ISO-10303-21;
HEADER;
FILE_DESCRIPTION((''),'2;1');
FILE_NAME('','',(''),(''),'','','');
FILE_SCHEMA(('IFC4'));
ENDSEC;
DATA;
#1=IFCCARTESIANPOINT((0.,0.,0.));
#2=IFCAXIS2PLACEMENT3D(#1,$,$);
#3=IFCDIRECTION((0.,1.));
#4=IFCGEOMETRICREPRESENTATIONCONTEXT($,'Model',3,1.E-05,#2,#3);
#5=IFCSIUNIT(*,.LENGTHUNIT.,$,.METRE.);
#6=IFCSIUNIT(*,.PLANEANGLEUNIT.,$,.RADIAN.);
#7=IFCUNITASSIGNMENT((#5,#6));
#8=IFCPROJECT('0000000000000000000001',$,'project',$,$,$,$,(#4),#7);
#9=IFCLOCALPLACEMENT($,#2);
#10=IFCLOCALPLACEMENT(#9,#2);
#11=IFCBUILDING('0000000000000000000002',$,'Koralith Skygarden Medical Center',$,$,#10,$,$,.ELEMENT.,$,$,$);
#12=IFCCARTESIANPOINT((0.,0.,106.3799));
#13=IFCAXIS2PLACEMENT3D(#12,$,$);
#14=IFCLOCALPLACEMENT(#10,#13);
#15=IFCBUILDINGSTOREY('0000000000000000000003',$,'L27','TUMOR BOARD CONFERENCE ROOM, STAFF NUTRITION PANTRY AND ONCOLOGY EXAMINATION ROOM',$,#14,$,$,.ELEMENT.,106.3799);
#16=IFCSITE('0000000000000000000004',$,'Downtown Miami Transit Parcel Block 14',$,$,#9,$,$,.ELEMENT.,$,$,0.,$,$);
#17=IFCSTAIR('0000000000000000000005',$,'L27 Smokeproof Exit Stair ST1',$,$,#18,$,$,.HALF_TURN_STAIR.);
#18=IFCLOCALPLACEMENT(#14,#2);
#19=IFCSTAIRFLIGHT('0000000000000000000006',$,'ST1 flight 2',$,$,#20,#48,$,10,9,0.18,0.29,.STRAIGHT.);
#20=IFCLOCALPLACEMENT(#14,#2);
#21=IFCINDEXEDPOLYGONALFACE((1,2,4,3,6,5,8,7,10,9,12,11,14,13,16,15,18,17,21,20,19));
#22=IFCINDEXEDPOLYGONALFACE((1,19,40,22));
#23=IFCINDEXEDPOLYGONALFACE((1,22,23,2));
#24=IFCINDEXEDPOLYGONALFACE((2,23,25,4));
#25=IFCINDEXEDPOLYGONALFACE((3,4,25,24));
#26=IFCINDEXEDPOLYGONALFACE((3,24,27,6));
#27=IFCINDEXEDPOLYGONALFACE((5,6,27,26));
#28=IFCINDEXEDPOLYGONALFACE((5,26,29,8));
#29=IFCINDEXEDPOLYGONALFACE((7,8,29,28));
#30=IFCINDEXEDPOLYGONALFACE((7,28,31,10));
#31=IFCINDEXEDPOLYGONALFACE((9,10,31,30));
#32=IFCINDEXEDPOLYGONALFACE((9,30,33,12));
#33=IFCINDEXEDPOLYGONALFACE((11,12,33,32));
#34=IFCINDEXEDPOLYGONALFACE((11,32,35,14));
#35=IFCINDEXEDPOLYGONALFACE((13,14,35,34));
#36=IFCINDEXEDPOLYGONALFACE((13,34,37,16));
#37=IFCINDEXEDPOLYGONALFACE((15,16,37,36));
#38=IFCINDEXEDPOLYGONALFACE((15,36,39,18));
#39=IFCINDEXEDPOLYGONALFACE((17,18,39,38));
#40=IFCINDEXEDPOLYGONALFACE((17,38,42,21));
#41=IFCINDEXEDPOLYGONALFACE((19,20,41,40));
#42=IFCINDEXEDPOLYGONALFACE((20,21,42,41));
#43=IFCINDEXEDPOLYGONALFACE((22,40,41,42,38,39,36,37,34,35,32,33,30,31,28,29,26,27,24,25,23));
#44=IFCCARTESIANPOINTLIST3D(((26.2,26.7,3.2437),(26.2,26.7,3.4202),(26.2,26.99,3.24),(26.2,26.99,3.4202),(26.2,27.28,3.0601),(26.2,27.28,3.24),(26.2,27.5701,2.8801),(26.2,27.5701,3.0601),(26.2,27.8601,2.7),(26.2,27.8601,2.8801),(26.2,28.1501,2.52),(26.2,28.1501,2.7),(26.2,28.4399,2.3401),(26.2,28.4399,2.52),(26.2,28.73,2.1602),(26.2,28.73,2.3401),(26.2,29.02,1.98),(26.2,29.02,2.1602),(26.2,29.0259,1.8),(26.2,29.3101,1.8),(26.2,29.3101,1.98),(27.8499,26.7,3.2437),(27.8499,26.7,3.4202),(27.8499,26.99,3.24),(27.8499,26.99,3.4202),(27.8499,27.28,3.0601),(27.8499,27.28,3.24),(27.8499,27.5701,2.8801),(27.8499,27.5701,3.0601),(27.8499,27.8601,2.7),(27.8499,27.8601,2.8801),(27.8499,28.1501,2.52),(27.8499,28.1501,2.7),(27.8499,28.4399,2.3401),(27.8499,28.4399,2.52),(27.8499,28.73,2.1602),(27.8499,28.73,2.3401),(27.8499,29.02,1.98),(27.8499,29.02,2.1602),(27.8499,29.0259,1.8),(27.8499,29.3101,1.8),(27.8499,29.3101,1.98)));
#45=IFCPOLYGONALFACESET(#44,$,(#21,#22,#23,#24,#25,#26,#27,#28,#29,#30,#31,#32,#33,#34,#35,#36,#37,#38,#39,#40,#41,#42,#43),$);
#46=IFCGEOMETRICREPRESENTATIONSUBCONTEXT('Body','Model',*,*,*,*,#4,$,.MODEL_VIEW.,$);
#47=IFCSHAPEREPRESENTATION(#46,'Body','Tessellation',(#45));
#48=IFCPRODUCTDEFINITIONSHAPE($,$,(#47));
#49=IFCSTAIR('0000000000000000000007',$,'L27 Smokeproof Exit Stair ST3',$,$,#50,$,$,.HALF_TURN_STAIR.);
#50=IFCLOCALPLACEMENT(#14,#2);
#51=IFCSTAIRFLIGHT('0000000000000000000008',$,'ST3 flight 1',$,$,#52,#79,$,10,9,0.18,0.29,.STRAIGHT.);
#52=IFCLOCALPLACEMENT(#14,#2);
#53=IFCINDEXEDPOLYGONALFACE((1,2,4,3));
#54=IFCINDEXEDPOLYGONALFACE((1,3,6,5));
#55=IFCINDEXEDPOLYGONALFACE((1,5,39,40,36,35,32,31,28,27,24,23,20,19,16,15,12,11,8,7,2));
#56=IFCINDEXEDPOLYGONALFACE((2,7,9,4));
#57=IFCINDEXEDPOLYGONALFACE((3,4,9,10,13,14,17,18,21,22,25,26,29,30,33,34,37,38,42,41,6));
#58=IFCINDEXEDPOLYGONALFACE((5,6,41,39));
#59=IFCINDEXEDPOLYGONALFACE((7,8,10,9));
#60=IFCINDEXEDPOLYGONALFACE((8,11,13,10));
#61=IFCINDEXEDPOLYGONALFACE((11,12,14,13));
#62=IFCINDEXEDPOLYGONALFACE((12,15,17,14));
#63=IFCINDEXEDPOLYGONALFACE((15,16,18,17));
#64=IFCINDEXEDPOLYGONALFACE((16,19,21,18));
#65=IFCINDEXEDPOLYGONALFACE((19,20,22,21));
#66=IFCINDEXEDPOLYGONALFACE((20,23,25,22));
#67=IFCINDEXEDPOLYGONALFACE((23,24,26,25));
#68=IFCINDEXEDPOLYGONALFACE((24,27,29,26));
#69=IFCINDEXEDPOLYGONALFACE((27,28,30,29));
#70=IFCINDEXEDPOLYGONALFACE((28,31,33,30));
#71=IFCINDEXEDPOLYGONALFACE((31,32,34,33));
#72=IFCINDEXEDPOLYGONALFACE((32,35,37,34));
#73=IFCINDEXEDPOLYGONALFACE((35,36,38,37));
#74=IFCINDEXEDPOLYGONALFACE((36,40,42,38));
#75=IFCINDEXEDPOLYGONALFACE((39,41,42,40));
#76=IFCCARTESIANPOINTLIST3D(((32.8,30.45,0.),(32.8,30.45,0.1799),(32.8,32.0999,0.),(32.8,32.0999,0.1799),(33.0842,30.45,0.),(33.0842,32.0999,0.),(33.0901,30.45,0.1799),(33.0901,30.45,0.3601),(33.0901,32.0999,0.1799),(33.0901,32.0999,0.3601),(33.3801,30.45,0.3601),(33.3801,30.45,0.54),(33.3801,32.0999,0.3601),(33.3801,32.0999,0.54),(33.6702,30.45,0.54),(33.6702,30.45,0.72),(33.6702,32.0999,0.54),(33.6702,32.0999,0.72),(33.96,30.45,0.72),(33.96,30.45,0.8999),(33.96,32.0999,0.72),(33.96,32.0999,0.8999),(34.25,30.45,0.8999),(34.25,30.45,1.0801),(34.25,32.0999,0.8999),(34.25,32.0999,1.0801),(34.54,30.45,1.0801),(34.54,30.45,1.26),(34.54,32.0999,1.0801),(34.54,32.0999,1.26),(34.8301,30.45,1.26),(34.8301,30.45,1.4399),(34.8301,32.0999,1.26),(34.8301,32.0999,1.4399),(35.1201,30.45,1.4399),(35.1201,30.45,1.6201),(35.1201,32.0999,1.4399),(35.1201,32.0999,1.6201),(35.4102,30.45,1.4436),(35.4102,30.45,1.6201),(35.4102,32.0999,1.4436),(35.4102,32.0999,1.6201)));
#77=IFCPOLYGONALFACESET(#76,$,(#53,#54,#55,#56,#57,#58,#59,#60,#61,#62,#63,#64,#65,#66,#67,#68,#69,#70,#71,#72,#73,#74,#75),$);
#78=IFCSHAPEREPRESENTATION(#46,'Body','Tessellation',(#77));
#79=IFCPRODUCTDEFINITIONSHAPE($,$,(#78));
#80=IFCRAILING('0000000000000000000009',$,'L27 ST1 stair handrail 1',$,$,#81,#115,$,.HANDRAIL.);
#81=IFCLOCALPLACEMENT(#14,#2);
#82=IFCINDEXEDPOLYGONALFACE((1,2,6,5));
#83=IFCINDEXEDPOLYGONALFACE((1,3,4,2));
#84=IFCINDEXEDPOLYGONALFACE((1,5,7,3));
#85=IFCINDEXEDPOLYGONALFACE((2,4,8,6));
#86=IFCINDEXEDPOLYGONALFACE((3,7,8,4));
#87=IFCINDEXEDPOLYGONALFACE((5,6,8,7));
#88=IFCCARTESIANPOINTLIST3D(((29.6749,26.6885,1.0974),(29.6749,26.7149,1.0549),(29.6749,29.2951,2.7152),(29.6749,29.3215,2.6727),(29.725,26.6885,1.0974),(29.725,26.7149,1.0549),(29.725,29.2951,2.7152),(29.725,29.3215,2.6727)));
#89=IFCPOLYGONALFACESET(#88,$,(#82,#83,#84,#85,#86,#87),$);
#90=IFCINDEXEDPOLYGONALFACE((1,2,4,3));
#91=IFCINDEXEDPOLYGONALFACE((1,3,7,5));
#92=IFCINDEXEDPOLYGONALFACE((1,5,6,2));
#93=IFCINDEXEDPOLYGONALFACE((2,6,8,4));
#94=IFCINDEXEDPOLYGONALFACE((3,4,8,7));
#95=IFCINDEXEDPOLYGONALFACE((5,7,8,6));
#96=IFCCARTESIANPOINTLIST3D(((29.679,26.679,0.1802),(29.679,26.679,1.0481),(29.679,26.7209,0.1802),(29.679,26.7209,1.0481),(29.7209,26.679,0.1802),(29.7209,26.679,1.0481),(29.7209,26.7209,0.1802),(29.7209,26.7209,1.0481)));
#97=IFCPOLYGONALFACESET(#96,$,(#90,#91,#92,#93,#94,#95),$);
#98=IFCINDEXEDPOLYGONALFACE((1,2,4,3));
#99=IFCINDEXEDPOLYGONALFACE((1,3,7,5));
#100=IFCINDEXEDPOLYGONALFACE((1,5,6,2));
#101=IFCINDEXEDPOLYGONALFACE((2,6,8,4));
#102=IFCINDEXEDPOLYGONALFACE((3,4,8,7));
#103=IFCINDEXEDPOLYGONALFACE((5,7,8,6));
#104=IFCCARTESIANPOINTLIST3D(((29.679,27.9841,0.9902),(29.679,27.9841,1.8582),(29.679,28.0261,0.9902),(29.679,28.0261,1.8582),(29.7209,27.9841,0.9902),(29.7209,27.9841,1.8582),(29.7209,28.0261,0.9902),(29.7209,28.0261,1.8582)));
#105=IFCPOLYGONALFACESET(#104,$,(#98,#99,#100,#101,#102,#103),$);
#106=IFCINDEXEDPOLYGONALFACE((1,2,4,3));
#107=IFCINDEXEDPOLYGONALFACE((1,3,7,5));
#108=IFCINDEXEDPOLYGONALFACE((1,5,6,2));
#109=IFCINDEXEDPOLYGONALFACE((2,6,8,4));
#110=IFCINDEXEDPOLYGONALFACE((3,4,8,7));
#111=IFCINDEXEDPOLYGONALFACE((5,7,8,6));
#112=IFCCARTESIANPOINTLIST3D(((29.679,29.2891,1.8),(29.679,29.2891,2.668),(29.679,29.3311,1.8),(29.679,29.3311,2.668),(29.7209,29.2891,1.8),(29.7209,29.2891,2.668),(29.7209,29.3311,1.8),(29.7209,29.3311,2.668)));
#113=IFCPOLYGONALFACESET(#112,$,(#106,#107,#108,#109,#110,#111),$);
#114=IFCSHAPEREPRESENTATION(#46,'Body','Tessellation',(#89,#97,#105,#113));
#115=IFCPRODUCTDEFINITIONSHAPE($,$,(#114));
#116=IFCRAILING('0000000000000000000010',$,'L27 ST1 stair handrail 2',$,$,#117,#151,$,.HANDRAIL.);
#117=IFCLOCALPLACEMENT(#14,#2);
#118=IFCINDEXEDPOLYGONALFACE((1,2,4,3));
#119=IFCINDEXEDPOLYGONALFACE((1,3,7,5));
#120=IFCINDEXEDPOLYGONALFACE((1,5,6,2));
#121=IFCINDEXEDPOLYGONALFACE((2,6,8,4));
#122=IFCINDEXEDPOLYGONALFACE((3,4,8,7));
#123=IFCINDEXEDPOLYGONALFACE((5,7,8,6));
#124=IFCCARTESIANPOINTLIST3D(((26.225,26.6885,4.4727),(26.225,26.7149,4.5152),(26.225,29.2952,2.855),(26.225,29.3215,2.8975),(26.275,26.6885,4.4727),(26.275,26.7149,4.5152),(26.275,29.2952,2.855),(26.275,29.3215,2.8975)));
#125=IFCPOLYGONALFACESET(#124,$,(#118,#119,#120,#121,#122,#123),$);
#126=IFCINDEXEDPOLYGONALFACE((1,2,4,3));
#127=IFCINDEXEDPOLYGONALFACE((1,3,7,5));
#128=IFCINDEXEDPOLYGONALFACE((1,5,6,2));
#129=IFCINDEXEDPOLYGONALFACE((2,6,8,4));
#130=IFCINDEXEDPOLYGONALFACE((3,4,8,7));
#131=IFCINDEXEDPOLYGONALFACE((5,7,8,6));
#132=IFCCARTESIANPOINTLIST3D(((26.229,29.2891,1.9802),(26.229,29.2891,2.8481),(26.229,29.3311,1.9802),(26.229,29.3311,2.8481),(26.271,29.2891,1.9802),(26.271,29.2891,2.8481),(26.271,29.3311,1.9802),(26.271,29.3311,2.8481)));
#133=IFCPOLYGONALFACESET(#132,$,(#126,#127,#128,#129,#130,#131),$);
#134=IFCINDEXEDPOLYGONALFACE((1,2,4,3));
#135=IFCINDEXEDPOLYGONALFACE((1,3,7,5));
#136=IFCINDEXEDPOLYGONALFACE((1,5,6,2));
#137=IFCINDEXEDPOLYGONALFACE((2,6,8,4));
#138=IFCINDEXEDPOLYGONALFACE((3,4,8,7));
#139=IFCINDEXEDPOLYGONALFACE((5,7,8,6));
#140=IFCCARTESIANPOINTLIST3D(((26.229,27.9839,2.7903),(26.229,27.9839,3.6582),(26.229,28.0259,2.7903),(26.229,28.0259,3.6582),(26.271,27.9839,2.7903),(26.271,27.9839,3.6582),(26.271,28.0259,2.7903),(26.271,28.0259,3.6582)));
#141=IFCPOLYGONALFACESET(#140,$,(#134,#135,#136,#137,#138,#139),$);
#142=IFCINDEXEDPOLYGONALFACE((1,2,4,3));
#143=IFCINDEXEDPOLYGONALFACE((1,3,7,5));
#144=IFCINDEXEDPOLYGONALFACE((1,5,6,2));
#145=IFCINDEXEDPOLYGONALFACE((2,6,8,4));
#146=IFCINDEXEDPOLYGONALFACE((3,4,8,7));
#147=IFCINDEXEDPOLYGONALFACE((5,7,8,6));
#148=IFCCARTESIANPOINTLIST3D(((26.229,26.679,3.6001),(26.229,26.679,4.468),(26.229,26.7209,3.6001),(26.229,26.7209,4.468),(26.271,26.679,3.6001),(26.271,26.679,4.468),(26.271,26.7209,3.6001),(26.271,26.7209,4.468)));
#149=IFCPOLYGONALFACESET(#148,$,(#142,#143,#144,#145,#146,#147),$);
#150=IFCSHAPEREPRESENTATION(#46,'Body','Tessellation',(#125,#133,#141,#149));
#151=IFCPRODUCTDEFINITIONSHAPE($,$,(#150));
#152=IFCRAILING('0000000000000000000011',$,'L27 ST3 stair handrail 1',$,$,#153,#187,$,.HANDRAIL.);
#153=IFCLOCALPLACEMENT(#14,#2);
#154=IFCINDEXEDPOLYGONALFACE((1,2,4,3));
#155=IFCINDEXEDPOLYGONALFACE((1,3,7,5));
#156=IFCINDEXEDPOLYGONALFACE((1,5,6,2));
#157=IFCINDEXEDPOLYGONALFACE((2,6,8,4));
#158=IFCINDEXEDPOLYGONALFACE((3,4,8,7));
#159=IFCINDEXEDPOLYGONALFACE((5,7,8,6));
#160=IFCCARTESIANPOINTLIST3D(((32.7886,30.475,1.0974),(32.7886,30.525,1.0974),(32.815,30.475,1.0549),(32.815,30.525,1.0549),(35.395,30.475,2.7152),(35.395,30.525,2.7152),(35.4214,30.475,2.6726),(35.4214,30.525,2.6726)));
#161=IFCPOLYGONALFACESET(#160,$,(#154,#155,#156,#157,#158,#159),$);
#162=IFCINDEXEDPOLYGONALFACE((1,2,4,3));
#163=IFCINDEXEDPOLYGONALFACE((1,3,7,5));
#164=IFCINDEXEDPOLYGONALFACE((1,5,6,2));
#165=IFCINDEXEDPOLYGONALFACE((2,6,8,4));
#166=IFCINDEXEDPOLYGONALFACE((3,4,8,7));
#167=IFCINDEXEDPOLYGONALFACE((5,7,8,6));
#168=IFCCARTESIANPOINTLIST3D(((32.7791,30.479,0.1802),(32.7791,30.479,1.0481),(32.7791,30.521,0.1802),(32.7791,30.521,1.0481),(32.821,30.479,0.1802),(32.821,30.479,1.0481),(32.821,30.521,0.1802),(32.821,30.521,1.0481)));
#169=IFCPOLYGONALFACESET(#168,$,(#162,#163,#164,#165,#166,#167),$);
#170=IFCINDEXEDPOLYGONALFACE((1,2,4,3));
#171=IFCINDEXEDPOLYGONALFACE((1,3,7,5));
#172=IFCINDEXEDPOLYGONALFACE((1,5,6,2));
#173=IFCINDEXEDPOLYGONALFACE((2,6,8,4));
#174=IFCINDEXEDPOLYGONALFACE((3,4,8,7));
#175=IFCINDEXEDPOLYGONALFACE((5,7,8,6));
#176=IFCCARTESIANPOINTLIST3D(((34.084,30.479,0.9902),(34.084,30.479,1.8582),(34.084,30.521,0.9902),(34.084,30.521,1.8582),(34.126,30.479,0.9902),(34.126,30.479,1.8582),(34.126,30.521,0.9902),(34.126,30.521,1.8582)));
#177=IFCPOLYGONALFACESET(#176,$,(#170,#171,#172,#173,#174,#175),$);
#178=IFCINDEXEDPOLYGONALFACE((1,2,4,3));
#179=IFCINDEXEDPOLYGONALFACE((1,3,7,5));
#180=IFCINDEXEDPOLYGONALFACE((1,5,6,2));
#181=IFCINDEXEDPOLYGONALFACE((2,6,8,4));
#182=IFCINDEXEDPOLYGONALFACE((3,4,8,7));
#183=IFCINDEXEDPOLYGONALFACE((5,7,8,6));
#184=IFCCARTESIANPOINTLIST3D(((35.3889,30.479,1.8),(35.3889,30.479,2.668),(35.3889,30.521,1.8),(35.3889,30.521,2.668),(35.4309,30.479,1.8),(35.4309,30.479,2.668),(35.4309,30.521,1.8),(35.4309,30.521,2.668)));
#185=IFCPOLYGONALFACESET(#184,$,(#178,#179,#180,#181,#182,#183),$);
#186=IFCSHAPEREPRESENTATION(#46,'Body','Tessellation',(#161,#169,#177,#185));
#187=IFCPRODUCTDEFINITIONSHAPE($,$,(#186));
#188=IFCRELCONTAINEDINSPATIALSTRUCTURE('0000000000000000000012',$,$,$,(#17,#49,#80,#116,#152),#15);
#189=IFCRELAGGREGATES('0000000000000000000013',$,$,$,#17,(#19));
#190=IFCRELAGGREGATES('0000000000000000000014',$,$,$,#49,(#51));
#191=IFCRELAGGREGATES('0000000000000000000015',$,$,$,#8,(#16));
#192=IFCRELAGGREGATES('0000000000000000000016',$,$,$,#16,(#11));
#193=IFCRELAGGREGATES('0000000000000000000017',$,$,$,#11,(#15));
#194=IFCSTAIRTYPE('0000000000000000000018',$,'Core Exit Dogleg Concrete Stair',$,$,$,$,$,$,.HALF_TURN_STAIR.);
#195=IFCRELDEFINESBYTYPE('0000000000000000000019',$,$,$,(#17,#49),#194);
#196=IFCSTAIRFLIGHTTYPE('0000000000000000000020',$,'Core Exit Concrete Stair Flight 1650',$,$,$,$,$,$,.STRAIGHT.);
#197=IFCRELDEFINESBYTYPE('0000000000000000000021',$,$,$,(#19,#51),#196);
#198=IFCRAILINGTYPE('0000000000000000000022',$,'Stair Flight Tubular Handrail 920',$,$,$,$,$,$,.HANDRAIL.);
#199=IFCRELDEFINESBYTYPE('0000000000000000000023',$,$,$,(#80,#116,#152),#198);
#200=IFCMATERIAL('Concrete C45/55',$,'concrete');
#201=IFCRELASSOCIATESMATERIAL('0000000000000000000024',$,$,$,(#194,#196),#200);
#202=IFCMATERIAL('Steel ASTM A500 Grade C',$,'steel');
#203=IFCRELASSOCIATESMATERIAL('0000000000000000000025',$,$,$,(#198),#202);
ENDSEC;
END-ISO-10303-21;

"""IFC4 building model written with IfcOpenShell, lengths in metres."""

from ifc_helpers import new_model, si_unit, direction, frame, origin, origin_2d, place, context, subcontext, project, spatial, polyline, rectangle, outline, extrude, material, type_object, element, aggregate, save


model = new_model("IFC4")

# Units and contexts
model_context = context("Model", 3, precision=1e-05, world=origin(), true_north=direction((0.0, 1.0)))
body_context = subcontext(model_context, "Body", "Model", "MODEL_VIEW")
ifc_project = project(units=[si_unit("LENGTHUNIT", "METRE"), si_unit("PLANEANGLEUNIT", "RADIAN")], contexts=[model_context])

# Site, building, storey
site_placement = place(None, origin())
site = spatial("IfcSite", under=ifc_project, at=site_placement, Name="Downtown Miami Transit Parcel Block 14", CompositionType="ELEMENT", RefElevation=0.0)
building_placement = place(site_placement, origin())
building = spatial("IfcBuilding", under=site, at=building_placement, Name="Koralith Skygarden Medical Center", CompositionType="ELEMENT")
storey_placement = place(building_placement, frame((0.0, 0.0, 106.3799)))
storey = spatial("IfcBuildingStorey", under=building, at=storey_placement, Name="L27", Description="TUMOR BOARD CONFERENCE ROOM, STAFF NUTRITION PANTRY AND ONCOLOGY EXAMINATION ROOM", CompositionType="ELEMENT", Elevation=106.3799)

# Shared definitions
ifc_material_1 = material(Name="Concrete C45/55", Category="concrete")

# Stair, stair flight
stair_type = type_object("IfcStairType", Name="Core Exit Dogleg Concrete Stair", PredefinedType="HALF_TURN_STAIR", material=ifc_material_1)
stair_1_placement = place(storey_placement, origin())
stair_1 = element("IfcStair", 1, at=stair_1_placement, inside=storey, type_object=stair_type, Name="L27 Smokeproof Exit Stair ST1", PredefinedType="HALF_TURN_STAIR")
stair_flight_type = type_object("IfcStairFlightType", Name="Core Exit Concrete Stair Flight 1650", PredefinedType="STRAIGHT", material=ifc_material_1)
stair_flight_1_placement = place(storey_placement, frame((27.0249, 29.3101, 1.8), z_axis=(0.0, 0.0, 1.0), x_axis=(0.0, -1.0, 0.0)))
stair_flight_1 = element("IfcStairFlight", 2, at=stair_flight_1_placement, type_object=stair_flight_type, Name="ST1 flight 2", NumberOfRisers=10, NumberOfTreads=9, PredefinedType="STRAIGHT", RiserHeight=0.18, TreadLength=0.29, context=body_context, shape_type="SweptSolid", body=[
    extrude(outline(polyline([(0.0, 0.0), (0.0, 0.1799), (0.29, 0.1799), (0.29, 0.3601), (0.5801, 0.3601), (0.5801, 0.54), (0.8701, 0.54), (0.8701, 0.72), (1.1599, 0.72), (1.1599, 0.8999), (1.45, 0.8999), (1.45, 1.0801), (1.74, 1.0801), (1.74, 1.26), (2.03, 1.26), (2.03, 1.4399), (2.3201, 1.4399), (2.3201, 1.6201), (2.6101, 1.6201), (2.6101, 1.8), (2.6101, 1.4436), (0.2842, 0.0), (0.0, 0.0)])), frame((0.0, 0.825, 0.0), z_axis=(0.0, -1.0, 0.0), x_axis=(1.0, 0.0, 0.0)), (0.0, 0.0, 1.0), 1.6499),
])
aggregate(stair_1, [stair_flight_1])

# Stair, stair flight
stair_2_placement = place(storey_placement, origin())
stair_2 = element("IfcStair", 3, at=stair_2_placement, inside=storey, type_object=stair_type, Name="L27 Smokeproof Exit Stair ST3", PredefinedType="HALF_TURN_STAIR")
stair_flight_2_placement = place(storey_placement, frame((32.8, 31.2749, 0.0), z_axis=(0.0, 0.0, 1.0), x_axis=(1.0, 0.0, 0.0)))
stair_flight_2 = element("IfcStairFlight", 4, at=stair_flight_2_placement, type_object=stair_flight_type, Name="ST3 flight 1", NumberOfRisers=10, NumberOfTreads=9, PredefinedType="STRAIGHT", RiserHeight=0.18, TreadLength=0.29, context=body_context, shape_type="SweptSolid", body=[
    extrude(outline(polyline([(0.0, 0.0), (0.0, 0.1799), (0.29, 0.1799), (0.29, 0.3601), (0.5801, 0.3601), (0.5801, 0.54), (0.8701, 0.54), (0.8701, 0.72), (1.1599, 0.72), (1.1599, 0.8999), (1.45, 0.8999), (1.45, 1.0801), (1.74, 1.0801), (1.74, 1.26), (2.03, 1.26), (2.03, 1.4399), (2.3201, 1.4399), (2.3201, 1.6201), (2.6101, 1.6201), (2.6101, 1.8), (2.6101, 1.4436), (0.2842, 0.0), (0.0, 0.0)])), frame((0.0, 0.825, 0.0), z_axis=(0.0, -1.0, 0.0), x_axis=(1.0, 0.0, 0.0)), (0.0, 0.0, 1.0), 1.6499),
])
aggregate(stair_2, [stair_flight_2])

# Railings
ifc_material_2 = material(Name="Steel ASTM A500 Grade C", Category="steel")
railing_type_1 = type_object("IfcRailingType", Name="Stair Flight Tubular Handrail 920", PredefinedType="HANDRAIL", material=ifc_material_2)
railing_1_placement = place(storey_placement, frame((29.7, 26.7, 0.1802)))
element("IfcRailing", 5, at=railing_1_placement, inside=storey, type_object=railing_type_1, Name="L27 ST1 stair handrail 1", PredefinedType="HANDRAIL", context=body_context, shape_type="SweptSolid", body=[
    extrude(rectangle(XDim=0.05, YDim=0.05, at=origin_2d()), frame((0.0, 0.0017, 0.896), z_axis=(0.0, 0.849668, 0.527317), x_axis=(-1.0, 0.0, 0.0)), (0.0, 0.0, 1.0), 3.0679),
    extrude(rectangle(XDim=0.042, YDim=0.042, at=origin_2d()), origin(), (0.0, 0.0, 1.0), 0.8679),
    extrude(rectangle(XDim=0.042, YDim=0.042, at=origin_2d()), frame((0.0, 1.3052, 0.8101)), (0.0, 0.0, 1.0), 0.8679),
    extrude(rectangle(XDim=0.042, YDim=0.042, at=origin_2d()), frame((0.0, 2.6101, 1.6199)), (0.0, 0.0, 1.0), 0.8679),
])
railing_2_placement = place(storey_placement, frame((26.25, 29.3101, 1.9802)))
element("IfcRailing", 6, at=railing_2_placement, inside=storey, type_object=railing_type_1, Name="L27 ST1 stair handrail 2", PredefinedType="HANDRAIL", context=body_context, shape_type="SweptSolid", body=[
    extrude(rectangle(XDim=0.05, YDim=0.05, at=origin_2d()), frame((0.0, -0.0017, 0.896), z_axis=(0.0, -0.849668, 0.527317), x_axis=(1.0, 0.0, 0.0)), (0.0, 0.0, 1.0), 3.0679),
    extrude(rectangle(XDim=0.042, YDim=0.042, at=origin_2d()), origin(), (0.0, 0.0, 1.0), 0.8679),
    extrude(rectangle(XDim=0.042, YDim=0.042, at=origin_2d()), frame((0.0, -1.3052, 0.8101)), (0.0, 0.0, 1.0), 0.8679),
    extrude(rectangle(XDim=0.042, YDim=0.042, at=origin_2d()), frame((0.0, -2.6101, 1.6199)), (0.0, 0.0, 1.0), 0.8679),
])
railing_3_placement = place(storey_placement, frame((32.8, 30.5, 0.1802)))
element("IfcRailing", 7, at=railing_3_placement, inside=storey, type_object=railing_type_1, Name="L27 ST3 stair handrail 1", PredefinedType="HANDRAIL", context=body_context, shape_type="SweptSolid", body=[
    extrude(rectangle(XDim=0.05, YDim=0.05, at=origin_2d()), frame((0.0017, 0.0, 0.896), z_axis=(0.849646, 0.0, 0.527353), x_axis=(0.0, 1.0, 0.0)), (0.0, 0.0, 1.0), 3.0676),
    extrude(rectangle(XDim=0.042, YDim=0.042, at=origin_2d()), origin(), (0.0, 0.0, 1.0), 0.8679),
    extrude(rectangle(XDim=0.042, YDim=0.042, at=origin_2d()), frame((1.3049, 0.0, 0.8101)), (0.0, 0.0, 1.0), 0.8679),
    extrude(rectangle(XDim=0.042, YDim=0.042, at=origin_2d()), frame((2.6099, 0.0, 1.6199)), (0.0, 0.0, 1.0), 0.8679),
])

save(model, "model.ifc")
